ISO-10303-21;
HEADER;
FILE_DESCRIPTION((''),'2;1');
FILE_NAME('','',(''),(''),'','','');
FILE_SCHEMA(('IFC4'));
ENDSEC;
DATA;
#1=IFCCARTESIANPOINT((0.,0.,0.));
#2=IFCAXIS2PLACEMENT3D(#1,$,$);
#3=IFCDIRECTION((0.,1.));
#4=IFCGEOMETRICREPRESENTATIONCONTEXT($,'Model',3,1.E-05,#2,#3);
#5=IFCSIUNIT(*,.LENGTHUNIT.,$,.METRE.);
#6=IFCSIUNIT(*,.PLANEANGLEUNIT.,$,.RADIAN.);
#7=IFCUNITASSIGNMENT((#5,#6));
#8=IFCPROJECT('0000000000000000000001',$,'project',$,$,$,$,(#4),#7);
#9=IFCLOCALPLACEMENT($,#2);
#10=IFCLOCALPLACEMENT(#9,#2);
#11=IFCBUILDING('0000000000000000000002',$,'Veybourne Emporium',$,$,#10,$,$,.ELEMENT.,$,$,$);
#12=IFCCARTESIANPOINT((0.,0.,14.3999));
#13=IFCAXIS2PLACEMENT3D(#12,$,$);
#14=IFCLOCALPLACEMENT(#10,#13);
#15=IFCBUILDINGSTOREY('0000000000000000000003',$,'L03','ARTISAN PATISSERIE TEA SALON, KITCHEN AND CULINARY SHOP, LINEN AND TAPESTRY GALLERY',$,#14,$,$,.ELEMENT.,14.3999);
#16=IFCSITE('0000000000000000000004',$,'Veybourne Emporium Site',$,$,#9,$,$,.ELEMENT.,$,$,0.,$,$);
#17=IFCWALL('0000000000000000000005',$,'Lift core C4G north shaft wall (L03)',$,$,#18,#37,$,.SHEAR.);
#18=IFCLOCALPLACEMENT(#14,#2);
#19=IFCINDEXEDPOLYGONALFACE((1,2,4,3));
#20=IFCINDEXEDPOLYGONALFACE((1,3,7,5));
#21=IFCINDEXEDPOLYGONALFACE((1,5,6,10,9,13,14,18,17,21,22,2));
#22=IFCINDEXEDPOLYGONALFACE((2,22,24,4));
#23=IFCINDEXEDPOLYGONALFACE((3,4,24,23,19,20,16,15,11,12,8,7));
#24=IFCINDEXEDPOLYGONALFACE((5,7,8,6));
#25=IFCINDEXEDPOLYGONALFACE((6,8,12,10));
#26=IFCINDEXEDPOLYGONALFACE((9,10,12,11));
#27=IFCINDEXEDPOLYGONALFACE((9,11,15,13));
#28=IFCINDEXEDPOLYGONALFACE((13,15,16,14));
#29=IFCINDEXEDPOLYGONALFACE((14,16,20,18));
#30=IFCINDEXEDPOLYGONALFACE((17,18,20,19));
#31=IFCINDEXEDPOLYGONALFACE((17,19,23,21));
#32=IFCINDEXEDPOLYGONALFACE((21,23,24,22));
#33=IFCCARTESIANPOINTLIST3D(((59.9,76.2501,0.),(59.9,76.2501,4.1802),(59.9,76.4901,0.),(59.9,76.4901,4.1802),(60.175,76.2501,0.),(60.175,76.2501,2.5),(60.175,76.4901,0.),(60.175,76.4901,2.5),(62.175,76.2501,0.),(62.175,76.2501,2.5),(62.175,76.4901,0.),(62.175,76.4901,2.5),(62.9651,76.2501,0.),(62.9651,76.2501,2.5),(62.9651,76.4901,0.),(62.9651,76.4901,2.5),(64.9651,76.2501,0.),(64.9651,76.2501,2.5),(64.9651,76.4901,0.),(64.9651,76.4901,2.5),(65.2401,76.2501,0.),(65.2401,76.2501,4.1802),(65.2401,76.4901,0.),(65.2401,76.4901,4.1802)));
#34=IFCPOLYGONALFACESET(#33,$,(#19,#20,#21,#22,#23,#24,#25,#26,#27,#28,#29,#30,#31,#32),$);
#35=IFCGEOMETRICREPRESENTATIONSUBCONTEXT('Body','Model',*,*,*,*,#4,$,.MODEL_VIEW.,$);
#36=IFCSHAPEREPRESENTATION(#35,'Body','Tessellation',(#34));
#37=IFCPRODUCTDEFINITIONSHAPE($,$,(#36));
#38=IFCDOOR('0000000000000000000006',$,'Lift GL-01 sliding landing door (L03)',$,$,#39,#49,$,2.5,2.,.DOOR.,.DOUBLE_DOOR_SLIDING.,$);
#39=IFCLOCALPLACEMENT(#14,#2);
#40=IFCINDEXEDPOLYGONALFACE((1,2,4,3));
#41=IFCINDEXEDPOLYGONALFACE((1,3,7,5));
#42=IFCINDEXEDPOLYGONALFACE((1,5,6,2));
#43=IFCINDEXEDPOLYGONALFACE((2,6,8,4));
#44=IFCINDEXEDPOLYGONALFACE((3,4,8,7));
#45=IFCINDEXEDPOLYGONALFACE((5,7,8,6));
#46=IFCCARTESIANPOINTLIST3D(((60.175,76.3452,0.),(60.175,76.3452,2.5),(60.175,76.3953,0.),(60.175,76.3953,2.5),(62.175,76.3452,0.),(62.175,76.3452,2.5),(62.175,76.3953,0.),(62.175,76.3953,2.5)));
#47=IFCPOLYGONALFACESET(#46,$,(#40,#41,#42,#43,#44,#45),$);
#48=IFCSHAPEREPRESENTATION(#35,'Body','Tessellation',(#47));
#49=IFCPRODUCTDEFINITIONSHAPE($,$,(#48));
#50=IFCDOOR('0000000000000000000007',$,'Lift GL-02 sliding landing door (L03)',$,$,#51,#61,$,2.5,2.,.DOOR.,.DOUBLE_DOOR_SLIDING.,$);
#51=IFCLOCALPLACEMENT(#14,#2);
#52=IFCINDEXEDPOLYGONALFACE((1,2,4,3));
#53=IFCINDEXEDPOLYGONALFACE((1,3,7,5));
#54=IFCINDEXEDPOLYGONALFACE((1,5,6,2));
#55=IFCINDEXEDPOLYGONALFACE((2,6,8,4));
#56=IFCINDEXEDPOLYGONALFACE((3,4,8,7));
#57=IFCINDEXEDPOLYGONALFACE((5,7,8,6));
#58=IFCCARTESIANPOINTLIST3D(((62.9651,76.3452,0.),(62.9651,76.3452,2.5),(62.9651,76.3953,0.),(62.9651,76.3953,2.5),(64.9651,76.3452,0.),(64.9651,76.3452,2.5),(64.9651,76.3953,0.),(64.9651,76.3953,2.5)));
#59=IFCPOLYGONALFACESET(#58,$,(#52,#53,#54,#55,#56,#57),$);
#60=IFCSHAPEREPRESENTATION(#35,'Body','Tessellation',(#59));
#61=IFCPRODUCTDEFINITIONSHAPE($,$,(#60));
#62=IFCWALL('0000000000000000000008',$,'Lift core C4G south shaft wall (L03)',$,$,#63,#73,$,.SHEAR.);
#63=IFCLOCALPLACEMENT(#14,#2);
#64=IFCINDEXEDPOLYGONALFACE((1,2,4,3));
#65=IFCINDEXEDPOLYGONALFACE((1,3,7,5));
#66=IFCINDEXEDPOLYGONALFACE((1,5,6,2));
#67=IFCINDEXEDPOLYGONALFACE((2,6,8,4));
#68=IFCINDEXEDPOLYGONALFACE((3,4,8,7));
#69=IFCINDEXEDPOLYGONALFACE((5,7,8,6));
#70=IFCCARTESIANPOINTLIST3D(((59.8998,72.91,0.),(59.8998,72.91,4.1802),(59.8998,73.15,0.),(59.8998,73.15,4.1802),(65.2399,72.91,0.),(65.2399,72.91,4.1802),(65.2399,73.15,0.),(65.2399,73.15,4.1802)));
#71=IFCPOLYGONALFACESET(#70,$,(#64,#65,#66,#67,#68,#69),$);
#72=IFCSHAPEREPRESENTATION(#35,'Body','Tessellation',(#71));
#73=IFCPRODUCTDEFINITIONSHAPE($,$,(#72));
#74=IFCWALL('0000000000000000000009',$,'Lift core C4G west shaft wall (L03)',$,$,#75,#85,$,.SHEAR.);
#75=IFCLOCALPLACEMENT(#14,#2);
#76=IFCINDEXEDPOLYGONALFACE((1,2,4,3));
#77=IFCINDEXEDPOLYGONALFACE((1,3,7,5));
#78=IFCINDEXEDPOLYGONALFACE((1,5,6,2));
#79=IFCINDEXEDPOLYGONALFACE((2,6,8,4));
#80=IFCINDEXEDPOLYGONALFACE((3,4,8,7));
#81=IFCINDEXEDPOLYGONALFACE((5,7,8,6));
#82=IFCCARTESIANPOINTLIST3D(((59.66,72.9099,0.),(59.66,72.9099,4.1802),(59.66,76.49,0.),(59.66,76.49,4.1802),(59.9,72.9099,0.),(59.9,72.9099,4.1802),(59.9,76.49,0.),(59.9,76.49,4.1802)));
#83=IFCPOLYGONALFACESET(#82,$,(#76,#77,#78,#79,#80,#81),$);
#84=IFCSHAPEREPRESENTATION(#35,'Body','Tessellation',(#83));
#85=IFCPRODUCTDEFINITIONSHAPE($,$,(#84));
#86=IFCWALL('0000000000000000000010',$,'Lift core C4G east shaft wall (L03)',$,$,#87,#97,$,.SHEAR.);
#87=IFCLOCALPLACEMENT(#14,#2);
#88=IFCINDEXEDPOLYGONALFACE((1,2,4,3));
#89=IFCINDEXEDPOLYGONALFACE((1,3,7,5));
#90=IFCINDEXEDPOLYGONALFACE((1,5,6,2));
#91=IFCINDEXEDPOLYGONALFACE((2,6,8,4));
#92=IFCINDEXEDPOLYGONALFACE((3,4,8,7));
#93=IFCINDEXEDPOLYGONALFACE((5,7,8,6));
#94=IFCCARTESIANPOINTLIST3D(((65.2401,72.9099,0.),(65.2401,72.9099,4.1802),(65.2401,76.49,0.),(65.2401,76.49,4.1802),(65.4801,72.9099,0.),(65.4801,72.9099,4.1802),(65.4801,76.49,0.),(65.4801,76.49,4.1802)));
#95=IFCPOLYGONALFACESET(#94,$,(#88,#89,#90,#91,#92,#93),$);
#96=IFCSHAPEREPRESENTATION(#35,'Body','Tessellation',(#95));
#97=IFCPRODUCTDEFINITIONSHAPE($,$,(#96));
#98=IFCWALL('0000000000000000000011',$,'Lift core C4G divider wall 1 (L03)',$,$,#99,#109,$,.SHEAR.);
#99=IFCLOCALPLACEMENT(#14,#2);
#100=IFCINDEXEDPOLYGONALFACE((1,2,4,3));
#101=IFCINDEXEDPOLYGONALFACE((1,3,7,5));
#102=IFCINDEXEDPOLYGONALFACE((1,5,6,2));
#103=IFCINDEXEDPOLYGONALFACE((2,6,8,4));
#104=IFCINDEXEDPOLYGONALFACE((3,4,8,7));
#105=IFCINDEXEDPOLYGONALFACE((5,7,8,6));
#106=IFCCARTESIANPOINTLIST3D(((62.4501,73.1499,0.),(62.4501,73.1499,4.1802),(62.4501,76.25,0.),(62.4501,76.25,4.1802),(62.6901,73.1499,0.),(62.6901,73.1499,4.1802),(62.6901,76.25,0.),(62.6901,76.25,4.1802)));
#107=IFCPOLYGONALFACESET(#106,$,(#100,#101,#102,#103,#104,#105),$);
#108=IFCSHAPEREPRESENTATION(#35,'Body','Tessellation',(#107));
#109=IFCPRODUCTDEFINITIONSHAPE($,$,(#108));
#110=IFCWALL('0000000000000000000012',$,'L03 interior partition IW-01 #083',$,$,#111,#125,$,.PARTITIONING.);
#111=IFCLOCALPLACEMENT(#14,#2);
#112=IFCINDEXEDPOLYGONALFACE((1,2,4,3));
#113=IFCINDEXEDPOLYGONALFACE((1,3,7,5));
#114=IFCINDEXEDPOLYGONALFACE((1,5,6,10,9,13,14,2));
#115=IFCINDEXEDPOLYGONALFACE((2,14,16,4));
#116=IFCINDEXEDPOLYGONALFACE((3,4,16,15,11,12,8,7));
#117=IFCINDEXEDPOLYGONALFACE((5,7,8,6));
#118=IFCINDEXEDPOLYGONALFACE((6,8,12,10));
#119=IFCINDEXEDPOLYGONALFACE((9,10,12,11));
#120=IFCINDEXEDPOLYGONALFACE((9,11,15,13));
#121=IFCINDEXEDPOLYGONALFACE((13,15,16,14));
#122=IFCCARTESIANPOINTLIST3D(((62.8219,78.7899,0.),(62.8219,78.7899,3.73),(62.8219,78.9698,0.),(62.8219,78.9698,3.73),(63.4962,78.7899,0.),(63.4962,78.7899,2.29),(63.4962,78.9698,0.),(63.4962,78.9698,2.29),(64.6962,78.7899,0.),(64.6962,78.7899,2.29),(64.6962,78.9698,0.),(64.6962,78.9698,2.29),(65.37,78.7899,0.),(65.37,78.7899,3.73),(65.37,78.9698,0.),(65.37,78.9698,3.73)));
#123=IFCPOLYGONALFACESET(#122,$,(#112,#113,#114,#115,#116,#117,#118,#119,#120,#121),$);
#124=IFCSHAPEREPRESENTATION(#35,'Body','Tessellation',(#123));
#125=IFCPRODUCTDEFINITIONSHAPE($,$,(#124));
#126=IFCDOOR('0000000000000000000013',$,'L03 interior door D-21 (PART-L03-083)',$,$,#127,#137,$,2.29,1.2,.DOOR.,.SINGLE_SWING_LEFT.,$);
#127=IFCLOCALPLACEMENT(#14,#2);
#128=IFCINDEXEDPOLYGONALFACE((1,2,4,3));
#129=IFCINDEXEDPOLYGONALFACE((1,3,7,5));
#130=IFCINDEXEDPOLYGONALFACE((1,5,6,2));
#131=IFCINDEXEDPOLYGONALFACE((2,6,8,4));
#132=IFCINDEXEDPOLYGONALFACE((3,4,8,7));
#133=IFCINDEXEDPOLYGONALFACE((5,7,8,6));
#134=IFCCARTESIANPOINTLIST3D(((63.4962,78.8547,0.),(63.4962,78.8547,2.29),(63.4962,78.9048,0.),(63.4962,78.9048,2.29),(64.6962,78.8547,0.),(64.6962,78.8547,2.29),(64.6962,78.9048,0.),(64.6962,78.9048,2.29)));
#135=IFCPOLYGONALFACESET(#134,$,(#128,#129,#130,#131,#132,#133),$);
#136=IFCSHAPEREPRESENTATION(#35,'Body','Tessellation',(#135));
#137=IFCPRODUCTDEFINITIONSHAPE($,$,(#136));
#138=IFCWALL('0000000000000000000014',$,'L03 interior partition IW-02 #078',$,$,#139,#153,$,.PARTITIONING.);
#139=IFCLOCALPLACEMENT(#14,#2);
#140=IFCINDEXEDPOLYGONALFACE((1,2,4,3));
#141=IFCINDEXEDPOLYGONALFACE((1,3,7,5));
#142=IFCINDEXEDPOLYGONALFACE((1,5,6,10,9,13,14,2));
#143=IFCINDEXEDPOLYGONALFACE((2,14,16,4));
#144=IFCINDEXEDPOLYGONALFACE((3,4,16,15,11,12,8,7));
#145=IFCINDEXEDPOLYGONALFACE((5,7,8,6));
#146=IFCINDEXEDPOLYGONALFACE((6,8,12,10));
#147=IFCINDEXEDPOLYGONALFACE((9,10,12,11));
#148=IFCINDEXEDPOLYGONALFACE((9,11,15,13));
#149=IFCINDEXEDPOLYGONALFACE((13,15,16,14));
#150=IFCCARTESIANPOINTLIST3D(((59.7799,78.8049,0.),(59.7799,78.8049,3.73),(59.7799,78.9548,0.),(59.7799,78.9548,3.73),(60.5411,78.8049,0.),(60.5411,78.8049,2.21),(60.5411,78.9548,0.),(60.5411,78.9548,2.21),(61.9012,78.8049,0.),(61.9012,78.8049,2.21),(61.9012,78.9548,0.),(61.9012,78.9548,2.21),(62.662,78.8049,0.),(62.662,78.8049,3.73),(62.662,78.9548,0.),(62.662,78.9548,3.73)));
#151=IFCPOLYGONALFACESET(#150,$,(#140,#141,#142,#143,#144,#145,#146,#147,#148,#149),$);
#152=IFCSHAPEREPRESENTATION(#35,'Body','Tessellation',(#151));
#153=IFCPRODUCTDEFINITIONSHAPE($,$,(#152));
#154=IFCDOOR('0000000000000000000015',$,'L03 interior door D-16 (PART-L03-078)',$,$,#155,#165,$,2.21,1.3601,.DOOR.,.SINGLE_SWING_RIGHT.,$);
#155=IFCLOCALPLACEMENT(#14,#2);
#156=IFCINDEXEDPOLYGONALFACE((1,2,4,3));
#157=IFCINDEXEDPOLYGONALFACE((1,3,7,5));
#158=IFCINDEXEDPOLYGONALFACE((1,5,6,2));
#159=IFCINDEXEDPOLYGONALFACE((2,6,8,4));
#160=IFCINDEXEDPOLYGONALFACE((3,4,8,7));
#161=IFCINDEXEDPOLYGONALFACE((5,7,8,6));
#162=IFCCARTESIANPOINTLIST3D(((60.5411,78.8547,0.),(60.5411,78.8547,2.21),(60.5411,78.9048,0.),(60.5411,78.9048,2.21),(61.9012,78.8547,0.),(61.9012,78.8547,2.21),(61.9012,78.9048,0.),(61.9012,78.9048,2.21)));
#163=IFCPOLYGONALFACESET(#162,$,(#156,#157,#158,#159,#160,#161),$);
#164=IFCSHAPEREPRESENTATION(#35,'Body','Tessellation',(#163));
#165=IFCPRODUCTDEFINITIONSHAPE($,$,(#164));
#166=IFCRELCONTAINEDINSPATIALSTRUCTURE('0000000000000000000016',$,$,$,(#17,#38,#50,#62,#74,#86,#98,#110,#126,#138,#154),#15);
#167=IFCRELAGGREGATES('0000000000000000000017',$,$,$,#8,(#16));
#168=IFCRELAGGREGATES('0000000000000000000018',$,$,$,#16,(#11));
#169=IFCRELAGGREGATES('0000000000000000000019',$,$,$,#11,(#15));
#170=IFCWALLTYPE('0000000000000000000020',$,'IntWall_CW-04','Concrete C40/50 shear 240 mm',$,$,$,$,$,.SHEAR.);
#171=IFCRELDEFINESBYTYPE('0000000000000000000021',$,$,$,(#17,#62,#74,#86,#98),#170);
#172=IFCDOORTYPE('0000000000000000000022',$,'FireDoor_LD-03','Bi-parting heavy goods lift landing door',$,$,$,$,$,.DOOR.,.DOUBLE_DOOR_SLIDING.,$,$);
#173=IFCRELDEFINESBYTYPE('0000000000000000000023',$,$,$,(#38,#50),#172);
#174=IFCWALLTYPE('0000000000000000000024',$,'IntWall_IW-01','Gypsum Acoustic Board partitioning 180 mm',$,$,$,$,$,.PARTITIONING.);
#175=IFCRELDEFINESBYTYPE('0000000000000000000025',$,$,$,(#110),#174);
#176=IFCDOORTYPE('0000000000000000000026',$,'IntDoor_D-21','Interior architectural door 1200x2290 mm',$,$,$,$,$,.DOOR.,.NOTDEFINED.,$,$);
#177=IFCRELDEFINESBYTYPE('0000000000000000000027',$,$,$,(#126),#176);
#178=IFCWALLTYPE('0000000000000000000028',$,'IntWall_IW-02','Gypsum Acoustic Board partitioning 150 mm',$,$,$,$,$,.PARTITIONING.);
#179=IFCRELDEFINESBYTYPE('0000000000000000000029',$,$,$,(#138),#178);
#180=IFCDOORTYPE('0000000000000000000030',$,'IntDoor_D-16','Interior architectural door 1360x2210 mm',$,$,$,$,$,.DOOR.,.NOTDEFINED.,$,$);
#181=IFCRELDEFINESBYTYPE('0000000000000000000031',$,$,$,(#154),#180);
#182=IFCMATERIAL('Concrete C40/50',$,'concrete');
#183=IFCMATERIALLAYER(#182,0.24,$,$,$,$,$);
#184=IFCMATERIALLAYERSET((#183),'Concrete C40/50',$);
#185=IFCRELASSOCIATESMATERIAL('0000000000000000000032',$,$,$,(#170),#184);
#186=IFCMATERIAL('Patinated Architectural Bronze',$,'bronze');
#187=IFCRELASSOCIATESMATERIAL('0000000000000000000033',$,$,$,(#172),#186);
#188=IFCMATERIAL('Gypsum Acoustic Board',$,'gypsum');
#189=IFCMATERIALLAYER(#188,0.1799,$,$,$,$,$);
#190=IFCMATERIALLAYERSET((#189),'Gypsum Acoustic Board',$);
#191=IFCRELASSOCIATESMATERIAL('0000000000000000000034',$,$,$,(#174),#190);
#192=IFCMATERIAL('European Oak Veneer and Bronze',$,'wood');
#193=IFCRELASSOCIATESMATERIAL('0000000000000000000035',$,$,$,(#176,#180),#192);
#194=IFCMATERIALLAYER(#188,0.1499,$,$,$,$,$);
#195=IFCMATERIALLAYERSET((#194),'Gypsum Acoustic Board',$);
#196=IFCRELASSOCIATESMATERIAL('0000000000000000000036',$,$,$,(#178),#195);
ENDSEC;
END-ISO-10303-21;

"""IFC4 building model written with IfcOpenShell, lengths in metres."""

from ifc_helpers import new_model, si_unit, direction, frame, frame_2d, origin, place, context, subcontext, project, spatial, rectangle, extrude, material, layer, layer_set, type_object, element, fill, save


model = new_model("IFC4")

# Units and contexts
model_context = context("Model", 3, precision=1e-05, world=origin(), true_north=direction((0.0, 1.0)))
body_context = subcontext(model_context, "Body", "Model", "MODEL_VIEW")
ifc_project = project(units=[si_unit("LENGTHUNIT", "METRE"), si_unit("PLANEANGLEUNIT", "RADIAN")], contexts=[model_context])

# Site, building, storey
site_placement = place(None, origin())
site = spatial("IfcSite", under=ifc_project, at=site_placement, Name="Veybourne Emporium Site", CompositionType="ELEMENT", RefElevation=0.0)
building_placement = place(site_placement, origin())
building = spatial("IfcBuilding", under=site, at=building_placement, Name="Veybourne Emporium", CompositionType="ELEMENT")
storey_placement = place(building_placement, frame((0.0, 0.0, 14.3999)))
storey = spatial("IfcBuildingStorey", under=building, at=storey_placement, Name="L03", Description="ARTISAN PATISSERIE TEA SALON, KITCHEN AND CULINARY SHOP, LINEN AND TAPESTRY GALLERY", CompositionType="ELEMENT", Elevation=14.3999)

# Wall, openings, doors
ifc_material_1 = material(Name="Concrete C40/50", Category="concrete")
ifc_layer_1 = layer(ifc_material_1, 0.24)
ifc_layer_set_1 = layer_set([ifc_layer_1], Name="Concrete C40/50")
wall_type_1 = type_object("IfcWallType", Name="IntWall_CW-04", Description="Concrete C40/50 shear 240 mm", PredefinedType="SHEAR", material=ifc_layer_set_1)
wall_1_placement = place(storey_placement, frame((65.24, 76.3701, 0.0), z_axis=(0.0, 0.0, 1.0), x_axis=(-1.0, 0.0, 0.0)))
wall_1 = element("IfcWall", 1, at=wall_1_placement, inside=storey, type_object=wall_type_1, Name="Lift core C4G north shaft wall (L03)", PredefinedType="SHEAR", context=body_context, shape_type="SweptSolid", body=[
    extrude(rectangle(XDim=5.3401, YDim=0.24, at=frame_2d((2.6699, 0.0))), origin(), (0.0, 0.0, 1.0), 4.1802),
])
opening_1_placement = place(wall_1_placement, frame((3.0649, 0.0, 0.0)))
opening_1 = element("IfcOpeningElement", 2, at=opening_1_placement, cuts=wall_1, PredefinedType="OPENING", context=body_context, shape_type="SweptSolid", body=[
    extrude(rectangle(XDim=2.0, YDim=2.5, at=frame_2d((1.0, 1.25))), frame((0.0, 0.1401, 0.0), z_axis=(0.0, -1.0, 0.0), x_axis=(1.0, 0.0, 0.0)), (0.0, 0.0, 1.0), 0.28),
])
opening_2_placement = place(wall_1_placement, frame((0.2749, 0.0, 0.0)))
opening_2 = element("IfcOpeningElement", 3, at=opening_2_placement, cuts=wall_1, PredefinedType="OPENING", context=body_context, shape_type="SweptSolid", body=[
    extrude(rectangle(XDim=2.0, YDim=2.5, at=frame_2d((1.0, 1.25))), frame((0.0, 0.1401, 0.0), z_axis=(0.0, -1.0, 0.0), x_axis=(1.0, 0.0, 0.0)), (0.0, 0.0, 1.0), 0.28),
])
ifc_material_2 = material(Name="Patinated Architectural Bronze", Category="bronze")
door_type_1 = type_object("IfcDoorType", Name="FireDoor_LD-03", Description="Bi-parting heavy goods lift landing door", OperationType="DOUBLE_DOOR_SLIDING", PredefinedType="DOOR", material=ifc_material_2)
door_1_placement = place(opening_1_placement, origin())
door_1 = element("IfcDoor", 4, at=door_1_placement, inside=storey, type_object=door_type_1, Name="Lift GL-01 sliding landing door (L03)", OperationType="DOUBLE_DOOR_SLIDING", OverallHeight=2.5, OverallWidth=2.0, PredefinedType="DOOR", context=body_context, shape_type="SweptSolid", body=[
    extrude(rectangle(XDim=2.0, YDim=2.5, at=frame_2d((1.0, 1.25))), frame((0.0, 0.0249, 0.0), z_axis=(0.0, -1.0, 0.0), x_axis=(1.0, 0.0, 0.0)), (0.0, 0.0, 1.0), 0.05),
])
fill(opening_1, door_1)
door_2_placement = place(opening_2_placement, origin())
door_2 = element("IfcDoor", 5, at=door_2_placement, inside=storey, type_object=door_type_1, Name="Lift GL-02 sliding landing door (L03)", OperationType="DOUBLE_DOOR_SLIDING", OverallHeight=2.5, OverallWidth=2.0, PredefinedType="DOOR", context=body_context, shape_type="SweptSolid", body=[
    extrude(rectangle(XDim=2.0, YDim=2.5, at=frame_2d((1.0, 1.25))), frame((0.0, 0.0249, 0.0), z_axis=(0.0, -1.0, 0.0), x_axis=(1.0, 0.0, 0.0)), (0.0, 0.0, 1.0), 0.05),
])
fill(opening_2, door_2)

# Walls
wall_2_placement = place(storey_placement, frame((59.8999, 73.03, 0.0), z_axis=(0.0, 0.0, 1.0), x_axis=(1.0, 0.0, 0.0)))
element("IfcWall", 6, at=wall_2_placement, inside=storey, type_object=wall_type_1, Name="Lift core C4G south shaft wall (L03)", PredefinedType="SHEAR", context=body_context, shape_type="SweptSolid", body=[
    extrude(rectangle(XDim=5.3401, YDim=0.24, at=frame_2d((2.6699, 0.0))), origin(), (0.0, 0.0, 1.0), 4.1802),
])
for number, where, z_axis, x_axis, name in (
    (7, (59.78, 76.49, 0.0), (0.0, 0.0, 1.0), (0.0, -1.0, 0.0), "Lift core C4G west shaft wall (L03)"),
    (8, (65.3601, 72.9099, 0.0), (0.0, 0.0, 1.0), (0.0, 1.0, 0.0), "Lift core C4G east shaft wall (L03)"),
):
    element("IfcWall", number, at=place(storey_placement, frame(where, z_axis=z_axis, x_axis=x_axis)), inside=storey, type_object=wall_type_1, Name=name, PredefinedType="SHEAR", context=body_context, shape_type="SweptSolid", body=[
        extrude(rectangle(XDim=3.5801, YDim=0.24, at=frame_2d((1.79, 0.0))), origin(), (0.0, 0.0, 1.0), 4.1802),
    ])
wall_3_placement = place(storey_placement, frame((62.5701, 73.1499, 0.0), z_axis=(0.0, 0.0, 1.0), x_axis=(0.0, 1.0, 0.0)))
element("IfcWall", 9, at=wall_3_placement, inside=storey, type_object=wall_type_1, Name="Lift core C4G divider wall 1 (L03)", PredefinedType="SHEAR", context=body_context, shape_type="SweptSolid", body=[
    extrude(rectangle(XDim=3.1001, YDim=0.24, at=frame_2d((1.55, 0.0))), origin(), (0.0, 0.0, 1.0), 4.1802),
])

# Walls, openings, doors
ifc_material_3 = material(Name="Gypsum Acoustic Board", Category="gypsum")
ifc_layer_2 = layer(ifc_material_3, 0.1799)
ifc_layer_set_2 = layer_set([ifc_layer_2], Name="Gypsum Acoustic Board")
wall_type_2 = type_object("IfcWallType", Name="IntWall_IW-01", Description="Gypsum Acoustic Board partitioning 180 mm", PredefinedType="PARTITIONING", material=ifc_layer_set_2)
wall_4_placement = place(storey_placement, frame((62.822, 78.8799, 0.0), z_axis=(0.0, 0.0, 1.0), x_axis=(1.0, 0.0, 0.0)))
wall_4 = element("IfcWall", 10, at=wall_4_placement, inside=storey, type_object=wall_type_2, Name="L03 interior partition IW-01 #083", PredefinedType="PARTITIONING", context=body_context, shape_type="SweptSolid", body=[
    extrude(rectangle(XDim=2.5481, YDim=0.1799, at=frame_2d((1.2739, 0.0))), origin(), (0.0, 0.0, 1.0), 3.73),
])
opening_3_placement = place(wall_4_placement, frame((0.6741, 0.0, 0.0)))
opening_3 = element("IfcOpeningElement", 11, at=opening_3_placement, cuts=wall_4, PredefinedType="OPENING", context=body_context, shape_type="SweptSolid", body=[
    extrude(rectangle(XDim=1.2, YDim=2.29, at=frame_2d((0.6001, 1.145))), frame((0.0, 0.1099, 0.0), z_axis=(0.0, -1.0, 0.0), x_axis=(1.0, 0.0, 0.0)), (0.0, 0.0, 1.0), 0.22),
])
ifc_material_4 = material(Name="European Oak Veneer and Bronze", Category="wood")
door_type_2 = type_object("IfcDoorType", Name="IntDoor_D-21", Description="Interior architectural door 1200x2290 mm", OperationType="NOTDEFINED", PredefinedType="DOOR", material=ifc_material_4)
door_3_placement = place(opening_3_placement, origin())
door_3 = element("IfcDoor", 12, at=door_3_placement, inside=storey, type_object=door_type_2, Name="L03 interior door D-21 (PART-L03-083)", OperationType="SINGLE_SWING_LEFT", OverallHeight=2.29, OverallWidth=1.2, PredefinedType="DOOR", context=body_context, shape_type="SweptSolid", body=[
    extrude(rectangle(XDim=1.2, YDim=2.29, at=frame_2d((0.6001, 1.145))), frame((0.0, 0.0249, 0.0), z_axis=(0.0, -1.0, 0.0), x_axis=(1.0, 0.0, 0.0)), (0.0, 0.0, 1.0), 0.05),
])
fill(opening_3, door_3)
ifc_layer_3 = layer(ifc_material_3, 0.1499)
ifc_layer_set_3 = layer_set([ifc_layer_3], Name="Gypsum Acoustic Board")
wall_type_3 = type_object("IfcWallType", Name="IntWall_IW-02", Description="Gypsum Acoustic Board partitioning 150 mm", PredefinedType="PARTITIONING", material=ifc_layer_set_3)
wall_5_placement = place(storey_placement, frame((59.78, 78.8799, 0.0), z_axis=(0.0, 0.0, 1.0), x_axis=(1.0, 0.0, 0.0)))
wall_5 = element("IfcWall", 13, at=wall_5_placement, inside=storey, type_object=wall_type_3, Name="L03 interior partition IW-02 #078", PredefinedType="PARTITIONING", context=body_context, shape_type="SweptSolid", body=[
    extrude(rectangle(XDim=2.8821, YDim=0.1499, at=frame_2d((1.4409, 0.0))), origin(), (0.0, 0.0, 1.0), 3.73),
])
opening_4_placement = place(wall_5_placement, frame((0.761, 0.0, 0.0)))
opening_4 = element("IfcOpeningElement", 14, at=opening_4_placement, cuts=wall_5, PredefinedType="OPENING", context=body_context, shape_type="SweptSolid", body=[
    extrude(rectangle(XDim=1.3601, YDim=2.21, at=frame_2d((0.6802, 1.105))), frame((0.0, 0.095, 0.0), z_axis=(0.0, -1.0, 0.0), x_axis=(1.0, 0.0, 0.0)), (0.0, 0.0, 1.0), 0.1899),
])
door_type_3 = type_object("IfcDoorType", Name="IntDoor_D-16", Description="Interior architectural door 1360x2210 mm", OperationType="NOTDEFINED", PredefinedType="DOOR", material=ifc_material_4)
door_4_placement = place(opening_4_placement, origin())
door_4 = element("IfcDoor", 15, at=door_4_placement, inside=storey, type_object=door_type_3, Name="L03 interior door D-16 (PART-L03-078)", OperationType="SINGLE_SWING_RIGHT", OverallHeight=2.21, OverallWidth=1.3601, PredefinedType="DOOR", context=body_context, shape_type="SweptSolid", body=[
    extrude(rectangle(XDim=1.3601, YDim=2.21, at=frame_2d((0.6802, 1.105))), frame((0.0, 0.0249, 0.0), z_axis=(0.0, -1.0, 0.0), x_axis=(1.0, 0.0, 0.0)), (0.0, 0.0, 1.0), 0.05),
])
fill(opening_4, door_4)

save(model, "model.ifc")
